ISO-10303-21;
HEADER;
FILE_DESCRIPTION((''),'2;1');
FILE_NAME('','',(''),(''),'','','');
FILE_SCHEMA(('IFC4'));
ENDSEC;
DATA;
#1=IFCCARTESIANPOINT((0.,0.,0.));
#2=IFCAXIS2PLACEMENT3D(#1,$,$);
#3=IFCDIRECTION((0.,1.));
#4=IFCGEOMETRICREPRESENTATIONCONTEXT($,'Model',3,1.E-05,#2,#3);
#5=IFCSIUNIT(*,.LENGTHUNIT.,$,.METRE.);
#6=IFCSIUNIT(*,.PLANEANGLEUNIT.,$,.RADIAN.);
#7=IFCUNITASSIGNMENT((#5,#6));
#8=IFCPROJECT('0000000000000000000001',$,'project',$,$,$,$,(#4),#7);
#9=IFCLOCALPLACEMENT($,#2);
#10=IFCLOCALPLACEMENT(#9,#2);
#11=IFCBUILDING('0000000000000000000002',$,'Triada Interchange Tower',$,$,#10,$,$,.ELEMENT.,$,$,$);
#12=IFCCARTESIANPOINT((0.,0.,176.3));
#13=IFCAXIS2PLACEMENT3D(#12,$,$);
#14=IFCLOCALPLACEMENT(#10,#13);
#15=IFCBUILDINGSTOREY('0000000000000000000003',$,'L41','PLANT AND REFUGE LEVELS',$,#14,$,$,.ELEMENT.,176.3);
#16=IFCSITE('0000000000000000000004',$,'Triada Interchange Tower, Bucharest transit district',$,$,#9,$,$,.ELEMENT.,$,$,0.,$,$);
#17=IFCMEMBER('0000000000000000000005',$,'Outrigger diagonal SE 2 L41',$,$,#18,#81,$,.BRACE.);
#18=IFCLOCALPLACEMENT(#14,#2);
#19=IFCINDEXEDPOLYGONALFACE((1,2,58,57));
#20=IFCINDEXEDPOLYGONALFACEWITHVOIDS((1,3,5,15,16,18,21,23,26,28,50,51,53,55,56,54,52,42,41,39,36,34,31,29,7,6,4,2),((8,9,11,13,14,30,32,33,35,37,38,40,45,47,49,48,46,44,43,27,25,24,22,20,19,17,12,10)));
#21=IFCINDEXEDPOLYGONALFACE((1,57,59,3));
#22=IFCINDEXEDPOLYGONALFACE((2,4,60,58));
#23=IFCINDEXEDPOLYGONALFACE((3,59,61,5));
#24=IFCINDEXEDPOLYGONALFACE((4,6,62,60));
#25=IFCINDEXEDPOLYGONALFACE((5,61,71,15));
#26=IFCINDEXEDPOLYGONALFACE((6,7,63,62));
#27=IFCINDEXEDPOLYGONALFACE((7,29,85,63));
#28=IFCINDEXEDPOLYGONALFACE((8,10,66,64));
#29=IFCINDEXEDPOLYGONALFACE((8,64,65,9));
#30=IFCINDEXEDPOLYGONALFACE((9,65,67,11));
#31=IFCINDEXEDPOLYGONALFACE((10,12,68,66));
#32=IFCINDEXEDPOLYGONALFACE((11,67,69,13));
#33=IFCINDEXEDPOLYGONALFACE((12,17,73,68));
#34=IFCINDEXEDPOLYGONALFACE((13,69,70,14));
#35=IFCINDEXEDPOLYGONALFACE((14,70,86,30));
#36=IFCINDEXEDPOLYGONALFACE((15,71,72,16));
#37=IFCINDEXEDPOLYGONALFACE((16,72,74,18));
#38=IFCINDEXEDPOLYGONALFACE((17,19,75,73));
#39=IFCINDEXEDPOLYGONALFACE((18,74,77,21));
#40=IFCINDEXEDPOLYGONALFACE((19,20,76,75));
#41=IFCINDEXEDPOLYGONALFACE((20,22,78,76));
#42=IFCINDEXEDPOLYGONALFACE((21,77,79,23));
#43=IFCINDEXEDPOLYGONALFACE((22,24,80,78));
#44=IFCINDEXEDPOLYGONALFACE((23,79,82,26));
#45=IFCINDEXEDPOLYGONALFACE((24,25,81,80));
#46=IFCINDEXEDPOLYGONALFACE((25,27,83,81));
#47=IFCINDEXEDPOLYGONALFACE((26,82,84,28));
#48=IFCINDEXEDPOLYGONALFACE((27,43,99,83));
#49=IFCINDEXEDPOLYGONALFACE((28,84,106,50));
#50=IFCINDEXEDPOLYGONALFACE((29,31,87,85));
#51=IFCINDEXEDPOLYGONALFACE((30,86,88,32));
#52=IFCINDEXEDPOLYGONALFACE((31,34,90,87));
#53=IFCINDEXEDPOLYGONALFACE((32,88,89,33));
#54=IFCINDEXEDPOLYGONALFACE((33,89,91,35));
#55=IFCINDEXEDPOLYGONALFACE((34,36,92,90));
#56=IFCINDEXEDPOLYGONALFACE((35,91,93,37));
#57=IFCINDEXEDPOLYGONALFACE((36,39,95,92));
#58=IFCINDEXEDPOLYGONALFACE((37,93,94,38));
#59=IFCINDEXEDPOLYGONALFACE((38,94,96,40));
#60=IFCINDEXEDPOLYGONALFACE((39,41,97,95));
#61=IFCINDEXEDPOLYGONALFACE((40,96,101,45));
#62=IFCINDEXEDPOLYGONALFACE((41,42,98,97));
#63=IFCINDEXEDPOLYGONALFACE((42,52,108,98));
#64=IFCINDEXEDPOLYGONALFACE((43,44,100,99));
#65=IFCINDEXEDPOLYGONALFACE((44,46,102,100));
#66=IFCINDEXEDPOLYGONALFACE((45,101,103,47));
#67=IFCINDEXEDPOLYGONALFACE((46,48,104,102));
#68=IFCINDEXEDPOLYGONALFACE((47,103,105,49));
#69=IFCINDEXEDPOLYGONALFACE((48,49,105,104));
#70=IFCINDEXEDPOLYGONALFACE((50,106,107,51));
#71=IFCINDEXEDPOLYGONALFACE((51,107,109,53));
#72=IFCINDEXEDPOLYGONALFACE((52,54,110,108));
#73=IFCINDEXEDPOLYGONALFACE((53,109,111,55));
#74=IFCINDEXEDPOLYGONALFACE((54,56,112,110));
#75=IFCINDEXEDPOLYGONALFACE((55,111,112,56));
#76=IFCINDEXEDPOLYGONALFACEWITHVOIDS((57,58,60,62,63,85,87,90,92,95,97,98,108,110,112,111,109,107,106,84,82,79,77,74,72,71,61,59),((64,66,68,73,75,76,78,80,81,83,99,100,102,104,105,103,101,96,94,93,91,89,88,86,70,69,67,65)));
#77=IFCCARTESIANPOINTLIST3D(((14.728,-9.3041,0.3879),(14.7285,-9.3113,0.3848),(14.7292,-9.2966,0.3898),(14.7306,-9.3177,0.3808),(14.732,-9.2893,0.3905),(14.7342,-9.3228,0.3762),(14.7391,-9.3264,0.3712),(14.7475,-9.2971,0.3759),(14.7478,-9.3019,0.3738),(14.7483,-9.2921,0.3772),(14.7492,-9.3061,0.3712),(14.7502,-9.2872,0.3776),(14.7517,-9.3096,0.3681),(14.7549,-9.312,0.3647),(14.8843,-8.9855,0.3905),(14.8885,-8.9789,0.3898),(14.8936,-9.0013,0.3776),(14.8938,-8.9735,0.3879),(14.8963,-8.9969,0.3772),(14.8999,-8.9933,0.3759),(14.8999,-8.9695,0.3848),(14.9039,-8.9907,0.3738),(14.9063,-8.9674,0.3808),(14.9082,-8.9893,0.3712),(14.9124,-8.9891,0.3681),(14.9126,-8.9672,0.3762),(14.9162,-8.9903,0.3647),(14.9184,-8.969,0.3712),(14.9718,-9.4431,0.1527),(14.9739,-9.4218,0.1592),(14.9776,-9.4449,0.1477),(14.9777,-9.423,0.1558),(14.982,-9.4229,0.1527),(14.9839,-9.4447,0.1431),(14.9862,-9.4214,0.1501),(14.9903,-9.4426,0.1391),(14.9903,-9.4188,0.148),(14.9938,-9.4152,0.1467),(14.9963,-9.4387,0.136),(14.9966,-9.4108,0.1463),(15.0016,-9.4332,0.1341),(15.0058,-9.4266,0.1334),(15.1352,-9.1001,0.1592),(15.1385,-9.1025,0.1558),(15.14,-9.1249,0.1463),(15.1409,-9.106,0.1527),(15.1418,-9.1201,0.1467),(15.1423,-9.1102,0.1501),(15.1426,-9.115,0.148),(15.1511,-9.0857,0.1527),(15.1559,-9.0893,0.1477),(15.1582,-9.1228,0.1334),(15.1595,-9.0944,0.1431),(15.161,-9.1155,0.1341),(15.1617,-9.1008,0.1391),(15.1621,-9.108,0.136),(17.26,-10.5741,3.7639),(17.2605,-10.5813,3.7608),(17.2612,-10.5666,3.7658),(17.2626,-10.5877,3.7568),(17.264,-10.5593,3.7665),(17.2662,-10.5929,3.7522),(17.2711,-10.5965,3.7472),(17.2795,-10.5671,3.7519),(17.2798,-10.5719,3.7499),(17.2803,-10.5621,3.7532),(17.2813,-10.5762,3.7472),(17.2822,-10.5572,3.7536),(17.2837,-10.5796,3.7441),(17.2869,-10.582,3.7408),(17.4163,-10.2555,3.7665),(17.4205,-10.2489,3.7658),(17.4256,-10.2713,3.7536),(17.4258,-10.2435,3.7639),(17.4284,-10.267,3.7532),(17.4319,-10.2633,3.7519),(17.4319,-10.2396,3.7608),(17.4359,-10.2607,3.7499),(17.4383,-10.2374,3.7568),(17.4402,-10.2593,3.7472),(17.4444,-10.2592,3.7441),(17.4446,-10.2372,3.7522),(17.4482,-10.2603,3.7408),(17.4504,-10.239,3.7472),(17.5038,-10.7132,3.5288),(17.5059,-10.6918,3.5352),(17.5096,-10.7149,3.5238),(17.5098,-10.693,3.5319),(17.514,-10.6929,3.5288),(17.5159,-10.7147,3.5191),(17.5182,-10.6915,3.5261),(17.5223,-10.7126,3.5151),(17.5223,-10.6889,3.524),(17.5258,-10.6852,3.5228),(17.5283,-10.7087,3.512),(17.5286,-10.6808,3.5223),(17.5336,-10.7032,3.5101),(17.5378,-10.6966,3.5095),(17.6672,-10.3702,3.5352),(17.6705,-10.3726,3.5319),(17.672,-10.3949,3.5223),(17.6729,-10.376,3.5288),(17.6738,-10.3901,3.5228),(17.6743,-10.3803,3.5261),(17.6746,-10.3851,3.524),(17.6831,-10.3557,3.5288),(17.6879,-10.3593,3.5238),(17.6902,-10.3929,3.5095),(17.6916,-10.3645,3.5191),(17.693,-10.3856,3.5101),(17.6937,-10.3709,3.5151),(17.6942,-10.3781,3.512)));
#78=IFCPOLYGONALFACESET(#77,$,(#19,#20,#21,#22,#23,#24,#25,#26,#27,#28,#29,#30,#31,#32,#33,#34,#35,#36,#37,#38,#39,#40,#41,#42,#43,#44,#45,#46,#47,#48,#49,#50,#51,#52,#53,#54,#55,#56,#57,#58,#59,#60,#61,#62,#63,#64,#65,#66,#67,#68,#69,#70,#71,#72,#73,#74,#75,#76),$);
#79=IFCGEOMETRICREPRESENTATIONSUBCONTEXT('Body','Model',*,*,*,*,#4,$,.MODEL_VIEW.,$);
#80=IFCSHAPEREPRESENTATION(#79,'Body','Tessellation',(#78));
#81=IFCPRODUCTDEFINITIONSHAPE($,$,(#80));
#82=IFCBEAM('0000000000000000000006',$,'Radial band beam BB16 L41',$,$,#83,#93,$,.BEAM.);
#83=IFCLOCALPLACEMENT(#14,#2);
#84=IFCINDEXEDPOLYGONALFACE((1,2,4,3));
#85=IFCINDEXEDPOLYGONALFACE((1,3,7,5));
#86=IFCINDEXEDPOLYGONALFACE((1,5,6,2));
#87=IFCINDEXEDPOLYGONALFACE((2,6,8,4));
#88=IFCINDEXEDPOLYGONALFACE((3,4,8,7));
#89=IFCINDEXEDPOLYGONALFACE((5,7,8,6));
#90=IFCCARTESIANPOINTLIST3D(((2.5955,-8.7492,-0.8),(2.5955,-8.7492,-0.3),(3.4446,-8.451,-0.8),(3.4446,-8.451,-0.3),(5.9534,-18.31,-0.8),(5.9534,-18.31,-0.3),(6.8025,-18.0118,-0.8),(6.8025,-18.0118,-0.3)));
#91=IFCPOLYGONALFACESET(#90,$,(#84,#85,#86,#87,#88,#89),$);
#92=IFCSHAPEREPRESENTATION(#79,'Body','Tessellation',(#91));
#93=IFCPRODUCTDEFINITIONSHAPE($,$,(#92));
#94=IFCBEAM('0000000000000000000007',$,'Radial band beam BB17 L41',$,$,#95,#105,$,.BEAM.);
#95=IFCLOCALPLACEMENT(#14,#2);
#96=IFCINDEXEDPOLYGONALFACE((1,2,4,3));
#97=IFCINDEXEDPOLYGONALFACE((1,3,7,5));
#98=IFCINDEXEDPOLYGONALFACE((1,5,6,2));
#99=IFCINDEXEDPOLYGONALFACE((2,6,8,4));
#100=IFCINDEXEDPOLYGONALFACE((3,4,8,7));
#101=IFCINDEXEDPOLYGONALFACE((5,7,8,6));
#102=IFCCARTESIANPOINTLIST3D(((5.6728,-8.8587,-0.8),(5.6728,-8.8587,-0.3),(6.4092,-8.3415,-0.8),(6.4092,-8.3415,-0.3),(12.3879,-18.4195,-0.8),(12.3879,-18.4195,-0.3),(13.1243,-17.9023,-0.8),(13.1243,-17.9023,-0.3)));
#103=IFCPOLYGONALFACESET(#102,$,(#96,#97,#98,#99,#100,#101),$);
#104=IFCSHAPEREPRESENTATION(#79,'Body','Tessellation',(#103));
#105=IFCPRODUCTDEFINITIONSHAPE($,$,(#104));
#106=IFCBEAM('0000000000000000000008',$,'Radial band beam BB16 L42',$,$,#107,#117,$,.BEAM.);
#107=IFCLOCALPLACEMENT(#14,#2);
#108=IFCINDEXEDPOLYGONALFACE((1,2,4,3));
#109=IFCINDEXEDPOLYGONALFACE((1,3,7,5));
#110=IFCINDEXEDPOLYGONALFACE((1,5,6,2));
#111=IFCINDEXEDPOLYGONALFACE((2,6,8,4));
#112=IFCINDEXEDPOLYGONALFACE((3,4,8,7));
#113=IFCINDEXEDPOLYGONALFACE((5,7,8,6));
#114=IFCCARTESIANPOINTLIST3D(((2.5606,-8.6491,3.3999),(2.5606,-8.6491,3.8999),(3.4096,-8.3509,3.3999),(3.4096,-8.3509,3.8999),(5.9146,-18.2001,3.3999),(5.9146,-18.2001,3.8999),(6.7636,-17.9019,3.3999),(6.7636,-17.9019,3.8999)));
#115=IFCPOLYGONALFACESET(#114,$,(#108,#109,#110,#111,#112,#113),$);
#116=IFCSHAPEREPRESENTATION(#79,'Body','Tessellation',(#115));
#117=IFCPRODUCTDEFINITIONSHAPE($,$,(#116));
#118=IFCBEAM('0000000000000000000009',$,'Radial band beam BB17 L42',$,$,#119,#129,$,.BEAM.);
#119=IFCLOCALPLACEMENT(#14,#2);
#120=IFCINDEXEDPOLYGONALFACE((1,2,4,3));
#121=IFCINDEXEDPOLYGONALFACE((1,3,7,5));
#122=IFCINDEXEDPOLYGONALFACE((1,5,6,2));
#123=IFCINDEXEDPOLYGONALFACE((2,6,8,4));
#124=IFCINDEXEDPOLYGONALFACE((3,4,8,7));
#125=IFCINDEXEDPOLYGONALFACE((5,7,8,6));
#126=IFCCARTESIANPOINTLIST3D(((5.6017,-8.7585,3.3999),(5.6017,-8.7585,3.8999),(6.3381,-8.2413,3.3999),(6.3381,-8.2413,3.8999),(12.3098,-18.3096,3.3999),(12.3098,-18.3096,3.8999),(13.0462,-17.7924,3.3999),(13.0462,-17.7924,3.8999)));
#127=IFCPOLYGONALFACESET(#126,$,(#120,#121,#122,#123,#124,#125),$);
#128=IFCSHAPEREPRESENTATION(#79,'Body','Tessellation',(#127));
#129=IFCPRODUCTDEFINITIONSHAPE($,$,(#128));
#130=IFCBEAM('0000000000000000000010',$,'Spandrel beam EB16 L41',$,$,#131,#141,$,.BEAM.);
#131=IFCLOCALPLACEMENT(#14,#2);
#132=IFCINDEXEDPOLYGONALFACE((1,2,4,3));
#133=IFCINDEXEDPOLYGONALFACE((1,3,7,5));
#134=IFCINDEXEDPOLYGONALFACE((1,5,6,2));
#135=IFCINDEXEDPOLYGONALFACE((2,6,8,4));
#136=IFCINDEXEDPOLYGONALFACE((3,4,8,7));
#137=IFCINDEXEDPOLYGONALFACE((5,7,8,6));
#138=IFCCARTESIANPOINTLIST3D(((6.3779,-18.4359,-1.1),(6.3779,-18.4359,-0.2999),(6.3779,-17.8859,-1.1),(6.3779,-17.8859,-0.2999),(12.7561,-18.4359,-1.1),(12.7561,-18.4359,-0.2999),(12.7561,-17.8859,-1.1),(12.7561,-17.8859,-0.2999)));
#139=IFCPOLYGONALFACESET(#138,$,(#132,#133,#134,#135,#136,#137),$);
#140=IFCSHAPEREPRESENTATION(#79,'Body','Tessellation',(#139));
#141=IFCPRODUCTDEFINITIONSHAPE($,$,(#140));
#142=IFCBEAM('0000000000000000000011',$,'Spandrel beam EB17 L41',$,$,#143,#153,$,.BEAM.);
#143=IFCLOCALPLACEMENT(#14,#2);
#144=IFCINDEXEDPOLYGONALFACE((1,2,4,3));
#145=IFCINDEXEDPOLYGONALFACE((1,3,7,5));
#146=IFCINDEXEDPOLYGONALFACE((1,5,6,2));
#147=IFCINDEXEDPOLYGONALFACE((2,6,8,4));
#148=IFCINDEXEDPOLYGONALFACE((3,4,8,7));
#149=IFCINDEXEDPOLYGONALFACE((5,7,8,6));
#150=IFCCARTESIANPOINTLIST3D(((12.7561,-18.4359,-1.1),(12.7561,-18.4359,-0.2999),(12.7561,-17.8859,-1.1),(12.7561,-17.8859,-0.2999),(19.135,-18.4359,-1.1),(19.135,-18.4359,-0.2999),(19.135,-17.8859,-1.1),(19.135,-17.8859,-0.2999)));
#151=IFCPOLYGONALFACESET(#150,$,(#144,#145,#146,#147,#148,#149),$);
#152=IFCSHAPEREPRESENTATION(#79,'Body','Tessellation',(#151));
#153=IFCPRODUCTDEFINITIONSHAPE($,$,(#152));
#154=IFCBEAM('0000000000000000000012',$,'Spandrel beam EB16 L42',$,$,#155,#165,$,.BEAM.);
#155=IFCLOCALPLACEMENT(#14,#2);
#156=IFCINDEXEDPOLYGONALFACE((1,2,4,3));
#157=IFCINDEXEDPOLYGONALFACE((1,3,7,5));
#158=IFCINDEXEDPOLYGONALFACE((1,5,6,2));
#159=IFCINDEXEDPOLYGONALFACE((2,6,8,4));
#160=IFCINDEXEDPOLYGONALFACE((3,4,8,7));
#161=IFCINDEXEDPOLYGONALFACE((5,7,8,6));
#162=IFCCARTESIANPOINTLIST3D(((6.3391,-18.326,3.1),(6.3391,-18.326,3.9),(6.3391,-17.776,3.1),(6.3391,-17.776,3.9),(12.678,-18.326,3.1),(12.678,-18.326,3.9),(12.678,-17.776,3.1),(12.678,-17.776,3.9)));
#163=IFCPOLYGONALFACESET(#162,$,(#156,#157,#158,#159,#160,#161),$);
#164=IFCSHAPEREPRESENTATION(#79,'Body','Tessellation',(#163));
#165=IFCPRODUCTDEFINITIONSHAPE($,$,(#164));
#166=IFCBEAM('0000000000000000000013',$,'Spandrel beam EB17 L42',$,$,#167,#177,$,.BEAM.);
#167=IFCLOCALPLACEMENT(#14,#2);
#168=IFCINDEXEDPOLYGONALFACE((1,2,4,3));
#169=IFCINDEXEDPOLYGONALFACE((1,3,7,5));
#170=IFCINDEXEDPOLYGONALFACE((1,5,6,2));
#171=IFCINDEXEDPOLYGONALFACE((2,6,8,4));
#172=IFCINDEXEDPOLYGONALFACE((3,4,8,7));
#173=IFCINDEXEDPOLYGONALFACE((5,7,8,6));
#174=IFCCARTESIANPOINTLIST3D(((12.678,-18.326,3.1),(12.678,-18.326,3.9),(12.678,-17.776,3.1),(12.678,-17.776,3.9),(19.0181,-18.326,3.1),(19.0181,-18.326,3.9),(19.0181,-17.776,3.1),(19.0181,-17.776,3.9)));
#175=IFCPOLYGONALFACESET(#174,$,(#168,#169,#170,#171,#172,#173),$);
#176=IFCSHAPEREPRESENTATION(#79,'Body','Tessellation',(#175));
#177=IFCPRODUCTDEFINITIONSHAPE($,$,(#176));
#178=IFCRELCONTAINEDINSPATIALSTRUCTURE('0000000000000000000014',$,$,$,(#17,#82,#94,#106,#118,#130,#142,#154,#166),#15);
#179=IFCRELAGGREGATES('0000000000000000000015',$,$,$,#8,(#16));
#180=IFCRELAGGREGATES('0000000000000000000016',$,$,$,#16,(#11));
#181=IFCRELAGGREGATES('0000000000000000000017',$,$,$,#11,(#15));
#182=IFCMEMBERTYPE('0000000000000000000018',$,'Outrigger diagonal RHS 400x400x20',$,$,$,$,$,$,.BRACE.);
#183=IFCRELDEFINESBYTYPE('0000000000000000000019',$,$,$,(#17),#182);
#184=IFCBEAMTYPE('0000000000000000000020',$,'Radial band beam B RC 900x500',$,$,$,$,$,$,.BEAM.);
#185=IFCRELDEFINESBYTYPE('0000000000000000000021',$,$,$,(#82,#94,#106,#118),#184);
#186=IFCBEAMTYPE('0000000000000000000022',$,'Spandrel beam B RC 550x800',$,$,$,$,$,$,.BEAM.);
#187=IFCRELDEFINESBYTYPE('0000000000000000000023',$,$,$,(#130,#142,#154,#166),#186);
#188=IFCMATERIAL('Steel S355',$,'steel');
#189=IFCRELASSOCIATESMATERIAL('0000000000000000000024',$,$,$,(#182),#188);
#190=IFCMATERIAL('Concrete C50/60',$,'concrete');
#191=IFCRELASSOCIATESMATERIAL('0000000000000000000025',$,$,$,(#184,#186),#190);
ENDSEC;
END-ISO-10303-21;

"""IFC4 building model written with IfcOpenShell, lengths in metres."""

from ifc_helpers import new_model, si_unit, direction, frame, origin, origin_2d, place, context, subcontext, project, spatial, rectangle, hollow_rectangle, extrude, material, material_profile, profile_set, type_object, element, save


model = new_model("IFC4")

# Units and contexts
model_context = context("Model", 3, precision=1e-05, world=origin(), true_north=direction((0.0, 1.0)))
body_context = subcontext(model_context, "Body", "Model", "MODEL_VIEW")
ifc_project = project(units=[si_unit("LENGTHUNIT", "METRE"), si_unit("PLANEANGLEUNIT", "RADIAN")], contexts=[model_context])

# Site, building, storey
site_placement = place(None, origin())
site = spatial("IfcSite", under=ifc_project, at=site_placement, Name="Triada Interchange Tower, Bucharest transit district", CompositionType="ELEMENT", RefElevation=0.0)
building_placement = place(site_placement, origin())
building = spatial("IfcBuilding", under=site, at=building_placement, Name="Triada Interchange Tower", CompositionType="ELEMENT")
storey_placement = place(building_placement, frame((0.0, 0.0, 176.3)))
storey = spatial("IfcBuildingStorey", under=building, at=storey_placement, Name="L41", Description="PLANT AND REFUGE LEVELS", CompositionType="ELEMENT", Elevation=176.3)

# Member
ifc_material_1 = material(Name="Steel S355", Category="steel")
ifc_material_profile_1 = material_profile(ifc_material_1, hollow_rectangle(XDim=0.3999, YDim=0.3999, WallThickness=0.02, InnerFilletRadius=0.02, OuterFilletRadius=0.03, at=origin_2d()), Name="RHS 400x400x20")
ifc_profile_set_1 = profile_set([ifc_material_profile_1], Name="Steel S355")
member_type_1 = type_object("IfcMemberType", Name="Outrigger diagonal RHS 400x400x20", PredefinedType="BRACE", material=ifc_profile_set_1)
member_1_placement = place(storey_placement, frame((14.9451, -9.2061, 0.262), z_axis=(0.574545, -0.288186, 0.766059), x_axis=(0.448351, 0.893858, 0.0)))
element("IfcMember", 1, at=member_1_placement, inside=storey, type_object=member_type_1, Name="Outrigger diagonal SE 2 L41", PredefinedType="BRACE", context=body_context, shape_type="SweptSolid", body=[
    extrude(hollow_rectangle(XDim=0.3999, YDim=0.3999, WallThickness=0.02, InnerFilletRadius=0.02, OuterFilletRadius=0.03, at=origin_2d()), origin(), (0.0, 0.0, 1.0), 4.407),
])

# Beams
ifc_material_2 = material(Name="Concrete C50/60", Category="concrete")
ifc_material_profile_2 = material_profile(ifc_material_2, rectangle(XDim=0.8999, YDim=0.5, at=origin_2d()), Name="RC 900x500")
ifc_profile_set_2 = profile_set([ifc_material_profile_2], Name="Concrete C50/60")
beam_type_1 = type_object("IfcBeamType", Name="Radial band beam B RC 900x500", PredefinedType="BEAM", material=ifc_profile_set_2)
beam_1_placement = place(storey_placement, frame((6.3779, -18.1609, -0.55), z_axis=(-0.331373, 0.9435, 0.0), x_axis=(-0.9435, -0.331373, 0.0)))
element("IfcBeam", 2, at=beam_1_placement, inside=storey, type_object=beam_type_1, Name="Radial band beam BB16 L41", PredefinedType="BEAM", context=body_context, shape_type="SweptSolid", body=[
    extrude(rectangle(XDim=0.8999, YDim=0.5, at=origin_2d()), origin(), (0.0, 0.0, 1.0), 10.1333),
])
beam_2_placement = place(storey_placement, frame((12.7561, -18.1609, -0.55), z_axis=(-0.574756, 0.818325, 0.0), x_axis=(-0.818325, -0.574756, 0.0)))
element("IfcBeam", 3, at=beam_2_placement, inside=storey, type_object=beam_type_1, Name="Radial band beam BB17 L41", PredefinedType="BEAM", context=body_context, shape_type="SweptSolid", body=[
    extrude(rectangle(XDim=0.8999, YDim=0.5, at=origin_2d()), origin(), (0.0, 0.0, 1.0), 11.6833),
])
beam_3_placement = place(storey_placement, frame((6.3391, -18.051, 3.6499), z_axis=(-0.331331, 0.943515, 0.0), x_axis=(-0.943515, -0.331331, 0.0)))
element("IfcBeam", 4, at=beam_3_placement, inside=storey, type_object=beam_type_1, Name="Radial band beam BB16 L42", PredefinedType="BEAM", context=body_context, shape_type="SweptSolid", body=[
    extrude(rectangle(XDim=0.8999, YDim=0.5, at=origin_2d()), origin(), (0.0, 0.0, 1.0), 10.1228),
])
beam_4_placement = place(storey_placement, frame((12.678, -18.051, 3.6499), z_axis=(-0.574743, 0.818334, 0.0), x_axis=(-0.818334, -0.574743, 0.0)))
element("IfcBeam", 5, at=beam_4_placement, inside=storey, type_object=beam_type_1, Name="Radial band beam BB17 L42", PredefinedType="BEAM", context=body_context, shape_type="SweptSolid", body=[
    extrude(rectangle(XDim=0.8999, YDim=0.5, at=origin_2d()), origin(), (0.0, 0.0, 1.0), 11.6714),
])
ifc_material_profile_3 = material_profile(ifc_material_2, rectangle(XDim=0.55, YDim=0.8, at=origin_2d()), Name="RC 550x800")
ifc_profile_set_3 = profile_set([ifc_material_profile_3], Name="Concrete C50/60")
beam_type_2 = type_object("IfcBeamType", Name="Spandrel beam B RC 550x800", PredefinedType="BEAM", material=ifc_profile_set_3)
beam_5_placement = place(storey_placement, frame((6.3779, -18.1609, -0.7), z_axis=(1.0, 0.0, 0.0), x_axis=(0.0, 1.0, 0.0)))
element("IfcBeam", 6, at=beam_5_placement, inside=storey, type_object=beam_type_2, Name="Spandrel beam EB16 L41", PredefinedType="BEAM", context=body_context, shape_type="SweptSolid", body=[
    extrude(rectangle(XDim=0.55, YDim=0.8, at=origin_2d()), origin(), (0.0, 0.0, 1.0), 6.3782),
])
beam_6_placement = place(storey_placement, frame((12.7561, -18.1609, -0.7), z_axis=(1.0, 0.0, 0.0), x_axis=(0.0, 1.0, 0.0)))
element("IfcBeam", 7, at=beam_6_placement, inside=storey, type_object=beam_type_2, Name="Spandrel beam EB17 L41", PredefinedType="BEAM", context=body_context, shape_type="SweptSolid", body=[
    extrude(rectangle(XDim=0.55, YDim=0.8, at=origin_2d()), origin(), (0.0, 0.0, 1.0), 6.3789),
])
beam_7_placement = place(storey_placement, frame((6.3391, -18.051, 3.5), z_axis=(1.0, 0.0, 0.0), x_axis=(0.0, 1.0, 0.0)))
element("IfcBeam", 8, at=beam_7_placement, inside=storey, type_object=beam_type_2, Name="Spandrel beam EB16 L42", PredefinedType="BEAM", context=body_context, shape_type="SweptSolid", body=[
    extrude(rectangle(XDim=0.55, YDim=0.8, at=origin_2d()), origin(), (0.0, 0.0, 1.0), 6.3389),
])
beam_8_placement = place(storey_placement, frame((12.678, -18.051, 3.5), z_axis=(1.0, 0.0, 0.0), x_axis=(0.0, 1.0, 0.0)))
element("IfcBeam", 9, at=beam_8_placement, inside=storey, type_object=beam_type_2, Name="Spandrel beam EB17 L42", PredefinedType="BEAM", context=body_context, shape_type="SweptSolid", body=[
    extrude(rectangle(XDim=0.55, YDim=0.8, at=origin_2d()), origin(), (0.0, 0.0, 1.0), 6.3401),
])

save(model, "model.ifc")
